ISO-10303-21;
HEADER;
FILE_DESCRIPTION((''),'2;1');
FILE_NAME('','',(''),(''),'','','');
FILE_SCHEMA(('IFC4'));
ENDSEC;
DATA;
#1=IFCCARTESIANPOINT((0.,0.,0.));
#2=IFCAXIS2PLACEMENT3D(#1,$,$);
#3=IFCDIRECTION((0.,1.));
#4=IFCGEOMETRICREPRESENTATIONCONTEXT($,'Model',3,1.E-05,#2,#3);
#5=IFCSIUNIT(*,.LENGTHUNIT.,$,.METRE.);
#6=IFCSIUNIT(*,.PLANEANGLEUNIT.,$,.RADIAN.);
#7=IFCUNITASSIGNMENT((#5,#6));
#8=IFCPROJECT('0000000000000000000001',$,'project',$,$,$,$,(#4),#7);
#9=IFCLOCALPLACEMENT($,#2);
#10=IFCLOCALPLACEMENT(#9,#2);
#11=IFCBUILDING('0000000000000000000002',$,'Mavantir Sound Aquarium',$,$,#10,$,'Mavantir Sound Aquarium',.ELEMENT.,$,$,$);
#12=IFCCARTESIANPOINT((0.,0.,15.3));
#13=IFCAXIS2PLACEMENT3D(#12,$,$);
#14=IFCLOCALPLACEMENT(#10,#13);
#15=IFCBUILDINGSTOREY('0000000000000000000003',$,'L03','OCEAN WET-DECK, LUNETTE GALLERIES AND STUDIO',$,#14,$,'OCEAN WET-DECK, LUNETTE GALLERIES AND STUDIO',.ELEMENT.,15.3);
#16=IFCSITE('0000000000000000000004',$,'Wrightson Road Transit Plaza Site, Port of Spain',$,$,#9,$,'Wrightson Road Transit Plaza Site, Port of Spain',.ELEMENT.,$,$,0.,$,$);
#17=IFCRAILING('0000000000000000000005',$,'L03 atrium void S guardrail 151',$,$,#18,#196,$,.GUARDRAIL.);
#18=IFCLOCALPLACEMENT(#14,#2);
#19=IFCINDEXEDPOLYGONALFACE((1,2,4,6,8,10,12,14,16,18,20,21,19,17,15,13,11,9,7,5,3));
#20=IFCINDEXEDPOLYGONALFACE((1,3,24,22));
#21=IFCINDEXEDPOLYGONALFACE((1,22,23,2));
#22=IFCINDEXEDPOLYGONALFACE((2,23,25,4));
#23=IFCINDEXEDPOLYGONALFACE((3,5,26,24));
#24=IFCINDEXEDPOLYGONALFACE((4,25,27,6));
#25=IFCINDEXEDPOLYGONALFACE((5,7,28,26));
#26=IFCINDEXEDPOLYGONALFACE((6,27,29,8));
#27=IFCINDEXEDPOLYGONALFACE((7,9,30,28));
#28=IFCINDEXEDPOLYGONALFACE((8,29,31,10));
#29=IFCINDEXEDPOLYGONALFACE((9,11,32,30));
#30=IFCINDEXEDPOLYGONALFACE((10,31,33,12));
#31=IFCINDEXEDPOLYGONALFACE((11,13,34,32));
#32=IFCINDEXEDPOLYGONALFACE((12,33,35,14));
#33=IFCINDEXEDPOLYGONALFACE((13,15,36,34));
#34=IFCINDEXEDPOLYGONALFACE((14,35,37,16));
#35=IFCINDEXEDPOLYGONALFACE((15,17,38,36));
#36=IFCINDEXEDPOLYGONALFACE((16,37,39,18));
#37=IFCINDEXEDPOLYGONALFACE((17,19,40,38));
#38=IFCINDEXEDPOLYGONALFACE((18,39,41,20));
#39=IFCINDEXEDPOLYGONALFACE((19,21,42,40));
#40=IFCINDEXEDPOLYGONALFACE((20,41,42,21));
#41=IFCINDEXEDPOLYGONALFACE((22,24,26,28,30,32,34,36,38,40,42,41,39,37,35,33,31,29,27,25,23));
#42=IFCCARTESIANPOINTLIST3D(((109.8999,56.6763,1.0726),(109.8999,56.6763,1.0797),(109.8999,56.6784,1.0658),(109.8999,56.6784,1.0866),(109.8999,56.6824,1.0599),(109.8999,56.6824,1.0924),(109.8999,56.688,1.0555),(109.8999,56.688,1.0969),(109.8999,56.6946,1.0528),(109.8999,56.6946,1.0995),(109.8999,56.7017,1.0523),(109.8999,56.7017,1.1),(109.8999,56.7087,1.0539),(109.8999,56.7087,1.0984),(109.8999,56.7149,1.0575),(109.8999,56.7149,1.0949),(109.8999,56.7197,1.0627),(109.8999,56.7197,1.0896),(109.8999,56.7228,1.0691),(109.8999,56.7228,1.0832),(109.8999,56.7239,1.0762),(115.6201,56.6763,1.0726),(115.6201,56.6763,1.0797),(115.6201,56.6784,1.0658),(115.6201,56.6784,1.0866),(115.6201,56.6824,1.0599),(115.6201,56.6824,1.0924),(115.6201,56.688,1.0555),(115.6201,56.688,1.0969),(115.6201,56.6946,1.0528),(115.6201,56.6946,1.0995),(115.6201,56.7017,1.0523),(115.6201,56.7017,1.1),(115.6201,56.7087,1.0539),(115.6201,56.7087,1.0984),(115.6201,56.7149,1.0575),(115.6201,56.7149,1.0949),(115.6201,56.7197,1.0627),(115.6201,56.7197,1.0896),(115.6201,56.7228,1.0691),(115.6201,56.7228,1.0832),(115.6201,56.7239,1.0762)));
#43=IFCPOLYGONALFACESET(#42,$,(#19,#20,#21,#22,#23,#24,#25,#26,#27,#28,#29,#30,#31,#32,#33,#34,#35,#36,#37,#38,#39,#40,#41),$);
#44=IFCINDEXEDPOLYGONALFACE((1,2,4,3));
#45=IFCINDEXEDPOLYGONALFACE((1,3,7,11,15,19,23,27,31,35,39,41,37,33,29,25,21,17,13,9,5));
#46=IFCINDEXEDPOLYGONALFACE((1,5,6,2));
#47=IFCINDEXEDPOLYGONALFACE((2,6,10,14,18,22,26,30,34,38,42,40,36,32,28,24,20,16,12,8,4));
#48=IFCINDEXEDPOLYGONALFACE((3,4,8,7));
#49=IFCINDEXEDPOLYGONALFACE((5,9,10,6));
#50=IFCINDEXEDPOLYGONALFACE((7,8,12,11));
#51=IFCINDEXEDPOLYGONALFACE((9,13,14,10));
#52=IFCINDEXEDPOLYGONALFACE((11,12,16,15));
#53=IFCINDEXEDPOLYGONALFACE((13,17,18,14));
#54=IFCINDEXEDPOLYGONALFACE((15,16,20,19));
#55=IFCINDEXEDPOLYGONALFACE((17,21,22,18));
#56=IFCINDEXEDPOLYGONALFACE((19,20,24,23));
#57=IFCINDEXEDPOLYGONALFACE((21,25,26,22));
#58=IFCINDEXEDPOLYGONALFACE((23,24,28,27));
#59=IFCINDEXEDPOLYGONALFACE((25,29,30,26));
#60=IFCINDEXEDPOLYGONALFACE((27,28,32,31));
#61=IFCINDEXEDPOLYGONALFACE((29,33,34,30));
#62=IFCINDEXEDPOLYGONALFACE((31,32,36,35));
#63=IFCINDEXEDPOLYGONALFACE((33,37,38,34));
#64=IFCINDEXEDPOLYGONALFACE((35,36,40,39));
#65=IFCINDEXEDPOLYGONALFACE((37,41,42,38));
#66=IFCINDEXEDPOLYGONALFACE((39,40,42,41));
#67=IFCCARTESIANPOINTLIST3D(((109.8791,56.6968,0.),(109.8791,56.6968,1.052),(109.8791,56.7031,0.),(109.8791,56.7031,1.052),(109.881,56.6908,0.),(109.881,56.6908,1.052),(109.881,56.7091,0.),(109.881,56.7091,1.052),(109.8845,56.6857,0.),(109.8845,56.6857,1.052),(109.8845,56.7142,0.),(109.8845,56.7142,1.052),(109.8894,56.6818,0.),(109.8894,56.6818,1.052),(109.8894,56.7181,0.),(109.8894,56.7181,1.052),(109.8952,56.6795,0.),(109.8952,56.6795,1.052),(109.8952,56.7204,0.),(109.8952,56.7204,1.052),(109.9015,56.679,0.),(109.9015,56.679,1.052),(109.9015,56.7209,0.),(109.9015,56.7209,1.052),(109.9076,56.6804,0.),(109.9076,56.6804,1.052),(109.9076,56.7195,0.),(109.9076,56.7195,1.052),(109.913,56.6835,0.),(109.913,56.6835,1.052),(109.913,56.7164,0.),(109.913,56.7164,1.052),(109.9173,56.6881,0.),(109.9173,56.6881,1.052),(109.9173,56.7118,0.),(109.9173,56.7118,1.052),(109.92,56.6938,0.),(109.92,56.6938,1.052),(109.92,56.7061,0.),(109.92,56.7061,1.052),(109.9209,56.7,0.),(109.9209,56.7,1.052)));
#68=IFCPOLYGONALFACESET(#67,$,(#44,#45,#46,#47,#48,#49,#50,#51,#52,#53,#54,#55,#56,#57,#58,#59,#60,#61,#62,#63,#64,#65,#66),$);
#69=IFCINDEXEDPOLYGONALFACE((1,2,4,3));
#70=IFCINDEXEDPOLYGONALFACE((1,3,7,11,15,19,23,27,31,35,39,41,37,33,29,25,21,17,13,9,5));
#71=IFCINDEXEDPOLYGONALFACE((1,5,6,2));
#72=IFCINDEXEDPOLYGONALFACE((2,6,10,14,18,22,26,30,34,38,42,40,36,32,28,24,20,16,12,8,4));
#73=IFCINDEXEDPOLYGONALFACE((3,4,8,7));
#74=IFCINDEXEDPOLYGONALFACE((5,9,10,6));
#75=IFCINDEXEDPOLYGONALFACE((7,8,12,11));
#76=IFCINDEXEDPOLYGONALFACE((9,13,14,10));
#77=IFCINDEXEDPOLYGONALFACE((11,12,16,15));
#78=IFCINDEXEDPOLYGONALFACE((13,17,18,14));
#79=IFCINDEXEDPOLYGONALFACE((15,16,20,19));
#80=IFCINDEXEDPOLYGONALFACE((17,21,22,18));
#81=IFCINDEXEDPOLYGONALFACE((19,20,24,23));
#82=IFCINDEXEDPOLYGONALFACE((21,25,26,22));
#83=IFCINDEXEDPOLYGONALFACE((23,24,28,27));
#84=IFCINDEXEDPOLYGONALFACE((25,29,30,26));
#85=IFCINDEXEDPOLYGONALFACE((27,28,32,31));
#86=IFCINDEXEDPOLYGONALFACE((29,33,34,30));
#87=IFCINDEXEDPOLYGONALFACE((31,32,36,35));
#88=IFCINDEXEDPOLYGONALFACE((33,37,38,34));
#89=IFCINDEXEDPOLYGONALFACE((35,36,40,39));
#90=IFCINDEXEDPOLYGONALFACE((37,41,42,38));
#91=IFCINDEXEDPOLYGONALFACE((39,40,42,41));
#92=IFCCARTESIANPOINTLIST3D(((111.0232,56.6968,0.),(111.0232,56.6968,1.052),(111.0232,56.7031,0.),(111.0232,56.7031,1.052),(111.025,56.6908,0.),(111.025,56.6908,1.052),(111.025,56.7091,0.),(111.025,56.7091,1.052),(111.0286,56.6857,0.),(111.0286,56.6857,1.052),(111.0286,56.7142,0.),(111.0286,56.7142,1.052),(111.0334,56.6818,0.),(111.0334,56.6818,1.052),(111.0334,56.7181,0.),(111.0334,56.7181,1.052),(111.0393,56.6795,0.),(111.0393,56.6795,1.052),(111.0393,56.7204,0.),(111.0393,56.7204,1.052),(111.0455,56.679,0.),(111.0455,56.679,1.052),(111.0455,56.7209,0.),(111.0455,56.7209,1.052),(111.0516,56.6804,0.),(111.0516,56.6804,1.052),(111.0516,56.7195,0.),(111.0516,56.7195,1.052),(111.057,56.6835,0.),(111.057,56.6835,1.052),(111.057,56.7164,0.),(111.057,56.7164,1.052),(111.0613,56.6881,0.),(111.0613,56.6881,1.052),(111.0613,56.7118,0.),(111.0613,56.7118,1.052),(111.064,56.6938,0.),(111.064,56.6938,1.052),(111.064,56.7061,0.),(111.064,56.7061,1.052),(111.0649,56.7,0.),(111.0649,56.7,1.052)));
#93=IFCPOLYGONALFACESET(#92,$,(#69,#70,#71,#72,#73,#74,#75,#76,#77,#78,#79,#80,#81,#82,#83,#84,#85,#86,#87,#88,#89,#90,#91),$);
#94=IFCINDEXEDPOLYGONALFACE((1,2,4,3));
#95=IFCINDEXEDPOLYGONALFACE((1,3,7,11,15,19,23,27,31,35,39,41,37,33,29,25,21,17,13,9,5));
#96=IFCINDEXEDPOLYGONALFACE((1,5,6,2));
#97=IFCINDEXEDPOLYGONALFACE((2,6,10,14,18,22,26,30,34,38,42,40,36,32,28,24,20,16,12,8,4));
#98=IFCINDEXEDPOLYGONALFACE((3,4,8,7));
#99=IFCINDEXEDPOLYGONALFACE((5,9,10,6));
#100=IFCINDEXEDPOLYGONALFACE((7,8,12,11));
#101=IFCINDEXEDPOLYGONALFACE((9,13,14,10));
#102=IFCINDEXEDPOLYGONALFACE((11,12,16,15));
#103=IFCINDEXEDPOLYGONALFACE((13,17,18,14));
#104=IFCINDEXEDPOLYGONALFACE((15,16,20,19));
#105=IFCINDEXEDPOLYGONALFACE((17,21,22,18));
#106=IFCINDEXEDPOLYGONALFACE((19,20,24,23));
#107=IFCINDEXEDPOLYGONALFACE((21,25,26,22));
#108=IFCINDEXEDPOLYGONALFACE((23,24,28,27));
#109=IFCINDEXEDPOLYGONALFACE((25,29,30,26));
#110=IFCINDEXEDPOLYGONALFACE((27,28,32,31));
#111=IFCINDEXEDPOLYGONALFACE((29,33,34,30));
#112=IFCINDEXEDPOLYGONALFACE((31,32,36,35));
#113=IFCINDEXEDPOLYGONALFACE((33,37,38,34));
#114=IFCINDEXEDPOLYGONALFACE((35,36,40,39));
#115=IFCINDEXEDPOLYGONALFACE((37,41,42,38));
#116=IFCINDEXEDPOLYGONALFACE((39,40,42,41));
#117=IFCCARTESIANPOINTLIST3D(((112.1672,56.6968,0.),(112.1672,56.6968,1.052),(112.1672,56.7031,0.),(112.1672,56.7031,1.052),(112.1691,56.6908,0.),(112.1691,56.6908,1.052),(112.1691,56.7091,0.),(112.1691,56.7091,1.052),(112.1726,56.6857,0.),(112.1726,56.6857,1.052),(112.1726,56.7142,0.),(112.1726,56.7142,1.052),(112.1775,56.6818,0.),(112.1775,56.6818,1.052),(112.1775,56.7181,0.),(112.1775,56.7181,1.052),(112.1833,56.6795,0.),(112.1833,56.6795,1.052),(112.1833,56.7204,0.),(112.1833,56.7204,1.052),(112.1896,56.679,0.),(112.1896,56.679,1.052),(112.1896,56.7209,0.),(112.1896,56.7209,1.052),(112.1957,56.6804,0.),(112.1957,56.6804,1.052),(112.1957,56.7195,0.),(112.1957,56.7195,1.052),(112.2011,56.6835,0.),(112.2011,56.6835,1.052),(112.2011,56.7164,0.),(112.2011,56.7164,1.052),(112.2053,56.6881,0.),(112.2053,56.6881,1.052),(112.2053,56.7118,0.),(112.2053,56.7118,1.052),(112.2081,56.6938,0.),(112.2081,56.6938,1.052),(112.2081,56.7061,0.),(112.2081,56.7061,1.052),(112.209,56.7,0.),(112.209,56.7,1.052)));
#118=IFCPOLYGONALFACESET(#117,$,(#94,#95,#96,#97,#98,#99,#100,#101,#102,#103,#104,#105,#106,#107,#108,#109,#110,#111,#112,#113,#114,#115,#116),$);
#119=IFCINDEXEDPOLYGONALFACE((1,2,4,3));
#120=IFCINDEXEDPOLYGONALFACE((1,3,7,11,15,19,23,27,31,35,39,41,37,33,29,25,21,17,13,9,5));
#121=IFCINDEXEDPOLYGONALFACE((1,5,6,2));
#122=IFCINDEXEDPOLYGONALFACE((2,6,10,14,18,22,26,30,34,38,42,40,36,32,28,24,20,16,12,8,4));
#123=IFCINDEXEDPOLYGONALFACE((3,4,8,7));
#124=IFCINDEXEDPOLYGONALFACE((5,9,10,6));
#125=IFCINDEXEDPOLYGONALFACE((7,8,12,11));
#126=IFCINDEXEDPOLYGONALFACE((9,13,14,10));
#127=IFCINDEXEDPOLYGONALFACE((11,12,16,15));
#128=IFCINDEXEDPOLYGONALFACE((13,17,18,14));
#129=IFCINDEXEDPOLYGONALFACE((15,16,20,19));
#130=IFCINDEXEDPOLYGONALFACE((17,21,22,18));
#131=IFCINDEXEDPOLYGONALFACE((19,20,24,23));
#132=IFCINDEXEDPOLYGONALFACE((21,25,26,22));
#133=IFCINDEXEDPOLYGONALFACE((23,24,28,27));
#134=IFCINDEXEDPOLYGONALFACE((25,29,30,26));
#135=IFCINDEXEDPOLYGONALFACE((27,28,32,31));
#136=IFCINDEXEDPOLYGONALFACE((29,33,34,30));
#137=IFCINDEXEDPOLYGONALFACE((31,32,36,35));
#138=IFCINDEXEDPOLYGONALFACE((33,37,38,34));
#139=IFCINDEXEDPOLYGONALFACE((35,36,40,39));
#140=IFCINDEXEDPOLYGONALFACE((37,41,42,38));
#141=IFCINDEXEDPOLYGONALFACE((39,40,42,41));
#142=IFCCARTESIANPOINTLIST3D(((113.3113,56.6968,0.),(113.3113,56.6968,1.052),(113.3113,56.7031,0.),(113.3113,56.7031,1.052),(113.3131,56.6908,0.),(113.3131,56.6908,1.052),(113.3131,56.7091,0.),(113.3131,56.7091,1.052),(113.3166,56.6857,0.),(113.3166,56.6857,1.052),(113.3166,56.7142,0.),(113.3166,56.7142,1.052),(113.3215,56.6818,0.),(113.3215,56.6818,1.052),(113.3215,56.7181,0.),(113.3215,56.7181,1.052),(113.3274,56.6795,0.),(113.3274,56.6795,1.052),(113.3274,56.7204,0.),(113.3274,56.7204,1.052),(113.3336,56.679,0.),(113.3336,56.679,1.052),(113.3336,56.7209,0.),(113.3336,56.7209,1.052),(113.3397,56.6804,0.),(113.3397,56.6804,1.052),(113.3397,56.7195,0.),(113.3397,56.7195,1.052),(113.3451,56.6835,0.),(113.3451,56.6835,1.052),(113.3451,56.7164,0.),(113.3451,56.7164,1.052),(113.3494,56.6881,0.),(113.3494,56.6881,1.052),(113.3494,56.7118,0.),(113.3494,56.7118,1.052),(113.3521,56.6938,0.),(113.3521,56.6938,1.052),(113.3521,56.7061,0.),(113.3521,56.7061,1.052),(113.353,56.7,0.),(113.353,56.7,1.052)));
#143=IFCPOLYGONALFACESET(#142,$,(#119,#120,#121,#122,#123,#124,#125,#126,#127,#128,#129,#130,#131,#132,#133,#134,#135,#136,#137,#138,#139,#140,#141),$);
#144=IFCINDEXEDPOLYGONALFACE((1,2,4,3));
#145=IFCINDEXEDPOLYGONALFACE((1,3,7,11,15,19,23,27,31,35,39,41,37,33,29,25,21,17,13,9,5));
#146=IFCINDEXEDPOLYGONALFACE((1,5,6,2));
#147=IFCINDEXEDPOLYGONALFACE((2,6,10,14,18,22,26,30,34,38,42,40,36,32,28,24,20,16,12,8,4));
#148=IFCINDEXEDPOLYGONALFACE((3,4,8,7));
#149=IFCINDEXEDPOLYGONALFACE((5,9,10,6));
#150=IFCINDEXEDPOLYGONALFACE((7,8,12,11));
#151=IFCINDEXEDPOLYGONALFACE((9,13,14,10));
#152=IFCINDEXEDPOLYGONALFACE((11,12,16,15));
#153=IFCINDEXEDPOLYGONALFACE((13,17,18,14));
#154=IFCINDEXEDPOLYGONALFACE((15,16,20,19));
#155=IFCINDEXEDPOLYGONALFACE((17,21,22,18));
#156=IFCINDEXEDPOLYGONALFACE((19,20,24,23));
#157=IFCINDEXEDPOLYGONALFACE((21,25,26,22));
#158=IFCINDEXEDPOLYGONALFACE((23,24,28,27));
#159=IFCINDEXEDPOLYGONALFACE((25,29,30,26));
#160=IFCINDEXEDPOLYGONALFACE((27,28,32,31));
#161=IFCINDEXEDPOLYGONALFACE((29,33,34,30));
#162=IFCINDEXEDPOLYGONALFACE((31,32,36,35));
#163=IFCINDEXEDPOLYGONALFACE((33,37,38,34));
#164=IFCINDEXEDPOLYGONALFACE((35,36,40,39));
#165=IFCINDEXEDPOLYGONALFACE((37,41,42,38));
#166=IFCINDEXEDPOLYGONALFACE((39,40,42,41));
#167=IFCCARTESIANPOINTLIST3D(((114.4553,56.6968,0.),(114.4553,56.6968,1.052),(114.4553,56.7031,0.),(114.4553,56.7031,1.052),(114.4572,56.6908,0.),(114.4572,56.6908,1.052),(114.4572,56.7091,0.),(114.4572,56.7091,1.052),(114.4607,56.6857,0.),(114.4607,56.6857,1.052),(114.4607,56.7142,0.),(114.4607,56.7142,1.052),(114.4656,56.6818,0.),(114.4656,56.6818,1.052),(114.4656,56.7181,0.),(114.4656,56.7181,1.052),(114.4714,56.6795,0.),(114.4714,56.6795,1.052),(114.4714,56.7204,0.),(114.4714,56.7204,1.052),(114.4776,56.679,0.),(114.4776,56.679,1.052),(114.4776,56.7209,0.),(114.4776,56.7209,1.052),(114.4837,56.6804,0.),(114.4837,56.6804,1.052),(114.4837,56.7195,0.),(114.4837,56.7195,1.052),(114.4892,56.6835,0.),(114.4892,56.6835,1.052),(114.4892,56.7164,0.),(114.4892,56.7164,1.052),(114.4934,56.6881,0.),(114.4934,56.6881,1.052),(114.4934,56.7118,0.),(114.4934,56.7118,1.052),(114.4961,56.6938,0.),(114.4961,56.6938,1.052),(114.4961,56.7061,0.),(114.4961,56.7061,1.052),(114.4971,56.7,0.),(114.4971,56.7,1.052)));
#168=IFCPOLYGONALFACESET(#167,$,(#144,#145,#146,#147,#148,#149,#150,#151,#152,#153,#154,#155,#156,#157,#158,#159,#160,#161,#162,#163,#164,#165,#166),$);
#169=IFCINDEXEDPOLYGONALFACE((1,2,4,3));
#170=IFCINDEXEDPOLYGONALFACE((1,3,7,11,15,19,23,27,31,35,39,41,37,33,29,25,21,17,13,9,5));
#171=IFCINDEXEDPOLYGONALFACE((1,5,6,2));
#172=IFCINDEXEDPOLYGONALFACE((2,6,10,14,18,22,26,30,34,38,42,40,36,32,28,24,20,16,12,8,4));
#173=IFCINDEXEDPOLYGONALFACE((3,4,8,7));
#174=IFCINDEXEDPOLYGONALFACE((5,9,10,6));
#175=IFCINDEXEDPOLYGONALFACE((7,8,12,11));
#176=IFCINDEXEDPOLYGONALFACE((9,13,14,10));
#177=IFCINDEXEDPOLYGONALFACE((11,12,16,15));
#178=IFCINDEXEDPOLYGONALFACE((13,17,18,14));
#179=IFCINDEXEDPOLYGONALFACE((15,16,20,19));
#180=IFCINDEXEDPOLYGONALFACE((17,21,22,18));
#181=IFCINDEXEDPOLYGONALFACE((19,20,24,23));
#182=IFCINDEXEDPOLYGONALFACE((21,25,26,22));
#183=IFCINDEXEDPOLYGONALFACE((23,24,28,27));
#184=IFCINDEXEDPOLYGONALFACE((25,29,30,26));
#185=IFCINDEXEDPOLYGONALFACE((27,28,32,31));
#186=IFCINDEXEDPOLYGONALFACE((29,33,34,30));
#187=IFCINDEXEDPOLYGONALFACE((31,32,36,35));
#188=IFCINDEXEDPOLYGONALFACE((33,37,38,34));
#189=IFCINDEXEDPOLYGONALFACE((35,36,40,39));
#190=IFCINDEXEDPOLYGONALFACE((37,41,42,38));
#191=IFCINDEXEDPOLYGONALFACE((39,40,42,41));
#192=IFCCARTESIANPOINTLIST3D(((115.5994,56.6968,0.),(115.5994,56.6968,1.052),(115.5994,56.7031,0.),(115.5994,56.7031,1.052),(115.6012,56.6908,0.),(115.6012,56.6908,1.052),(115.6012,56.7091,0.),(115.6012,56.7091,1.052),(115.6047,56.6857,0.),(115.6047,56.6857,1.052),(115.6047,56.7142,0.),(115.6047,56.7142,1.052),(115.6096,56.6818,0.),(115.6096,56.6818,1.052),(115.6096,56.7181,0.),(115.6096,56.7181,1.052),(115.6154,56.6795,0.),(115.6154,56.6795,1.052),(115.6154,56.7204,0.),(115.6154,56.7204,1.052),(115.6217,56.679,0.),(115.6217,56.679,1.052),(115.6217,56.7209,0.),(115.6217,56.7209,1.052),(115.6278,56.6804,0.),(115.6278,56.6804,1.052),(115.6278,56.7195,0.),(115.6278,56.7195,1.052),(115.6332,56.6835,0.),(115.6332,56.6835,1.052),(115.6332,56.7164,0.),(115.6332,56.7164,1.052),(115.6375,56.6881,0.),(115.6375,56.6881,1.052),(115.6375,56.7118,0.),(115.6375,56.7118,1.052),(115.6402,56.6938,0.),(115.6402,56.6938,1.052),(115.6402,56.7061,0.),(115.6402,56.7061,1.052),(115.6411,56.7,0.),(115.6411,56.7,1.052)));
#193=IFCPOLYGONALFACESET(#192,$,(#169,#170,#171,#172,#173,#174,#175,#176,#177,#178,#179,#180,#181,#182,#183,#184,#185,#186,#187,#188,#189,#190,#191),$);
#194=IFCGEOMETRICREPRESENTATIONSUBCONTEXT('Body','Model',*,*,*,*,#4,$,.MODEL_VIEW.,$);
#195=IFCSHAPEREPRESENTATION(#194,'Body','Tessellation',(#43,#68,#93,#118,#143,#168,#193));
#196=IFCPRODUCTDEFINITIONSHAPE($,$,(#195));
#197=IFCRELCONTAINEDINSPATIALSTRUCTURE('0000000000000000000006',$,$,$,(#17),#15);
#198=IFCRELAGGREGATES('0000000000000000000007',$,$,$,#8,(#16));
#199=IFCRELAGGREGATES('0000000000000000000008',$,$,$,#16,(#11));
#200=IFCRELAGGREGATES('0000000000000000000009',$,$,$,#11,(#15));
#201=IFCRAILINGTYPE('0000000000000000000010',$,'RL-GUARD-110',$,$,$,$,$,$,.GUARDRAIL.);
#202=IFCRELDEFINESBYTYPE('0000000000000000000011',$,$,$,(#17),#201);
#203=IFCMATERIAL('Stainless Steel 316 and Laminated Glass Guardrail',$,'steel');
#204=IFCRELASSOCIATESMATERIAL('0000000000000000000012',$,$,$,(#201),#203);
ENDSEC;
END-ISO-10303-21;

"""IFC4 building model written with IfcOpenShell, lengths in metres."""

from ifc_helpers import new_model, si_unit, direction, frame, origin, origin_2d, place, context, subcontext, project, spatial, circle, extrude, material, type_object, element, save


model = new_model("IFC4")

# Units and contexts
model_context = context("Model", 3, precision=1e-05, world=origin(), true_north=direction((0.0, 1.0)))
body_context = subcontext(model_context, "Body", "Model", "MODEL_VIEW")
ifc_project = project(units=[si_unit("LENGTHUNIT", "METRE"), si_unit("PLANEANGLEUNIT", "RADIAN")], contexts=[model_context])

# Site, building, storey
site_placement = place(None, origin())
site = spatial("IfcSite", under=ifc_project, at=site_placement, Name="Wrightson Road Transit Plaza Site, Port of Spain", LongName="Wrightson Road Transit Plaza Site, Port of Spain", CompositionType="ELEMENT", RefElevation=0.0)
building_placement = place(site_placement, origin())
building = spatial("IfcBuilding", under=site, at=building_placement, Name="Mavantir Sound Aquarium", LongName="Mavantir Sound Aquarium", CompositionType="ELEMENT")
storey_placement = place(building_placement, frame((0.0, 0.0, 15.3)))
storey = spatial("IfcBuildingStorey", under=building, at=storey_placement, Name="L03", Description="OCEAN WET-DECK, LUNETTE GALLERIES AND STUDIO", LongName="OCEAN WET-DECK, LUNETTE GALLERIES AND STUDIO", CompositionType="ELEMENT", Elevation=15.3)

# Railing
ifc_material_1 = material(Name="Stainless Steel 316 and Laminated Glass Guardrail", Category="steel")
railing_type = type_object("IfcRailingType", Name="RL-GUARD-110", PredefinedType="GUARDRAIL", material=ifc_material_1)
railing_1_placement = place(storey_placement, frame((109.8999, 56.7, 0.0)))
element("IfcRailing", 1, at=railing_1_placement, inside=storey, type_object=railing_type, Name="L03 atrium void S guardrail 151", PredefinedType="GUARDRAIL", context=body_context, shape_type="SweptSolid", body=[
    extrude(circle(Radius=0.0239, at=origin_2d()), frame((0.0, 0.0, 1.0762), z_axis=(1.0, 0.0, 0.0), x_axis=(0.0, 1.0, 0.0)), (0.0, 0.0, 1.0), 5.7202),
    extrude(circle(Radius=0.021, at=origin_2d()), origin(), (0.0, 0.0, 1.0), 1.052),
    extrude(circle(Radius=0.021, at=origin_2d()), frame((1.144, 0.0, 0.0)), (0.0, 0.0, 1.0), 1.052),
    extrude(circle(Radius=0.021, at=origin_2d()), frame((2.2881, 0.0, 0.0)), (0.0, 0.0, 1.0), 1.052),
    extrude(circle(Radius=0.021, at=origin_2d()), frame((3.4321, 0.0, 0.0)), (0.0, 0.0, 1.0), 1.052),
    extrude(circle(Radius=0.021, at=origin_2d()), frame((4.5762, 0.0, 0.0)), (0.0, 0.0, 1.0), 1.052),
    extrude(circle(Radius=0.021, at=origin_2d()), frame((5.7202, 0.0, 0.0)), (0.0, 0.0, 1.0), 1.052),
])

save(model, "model.ifc")
